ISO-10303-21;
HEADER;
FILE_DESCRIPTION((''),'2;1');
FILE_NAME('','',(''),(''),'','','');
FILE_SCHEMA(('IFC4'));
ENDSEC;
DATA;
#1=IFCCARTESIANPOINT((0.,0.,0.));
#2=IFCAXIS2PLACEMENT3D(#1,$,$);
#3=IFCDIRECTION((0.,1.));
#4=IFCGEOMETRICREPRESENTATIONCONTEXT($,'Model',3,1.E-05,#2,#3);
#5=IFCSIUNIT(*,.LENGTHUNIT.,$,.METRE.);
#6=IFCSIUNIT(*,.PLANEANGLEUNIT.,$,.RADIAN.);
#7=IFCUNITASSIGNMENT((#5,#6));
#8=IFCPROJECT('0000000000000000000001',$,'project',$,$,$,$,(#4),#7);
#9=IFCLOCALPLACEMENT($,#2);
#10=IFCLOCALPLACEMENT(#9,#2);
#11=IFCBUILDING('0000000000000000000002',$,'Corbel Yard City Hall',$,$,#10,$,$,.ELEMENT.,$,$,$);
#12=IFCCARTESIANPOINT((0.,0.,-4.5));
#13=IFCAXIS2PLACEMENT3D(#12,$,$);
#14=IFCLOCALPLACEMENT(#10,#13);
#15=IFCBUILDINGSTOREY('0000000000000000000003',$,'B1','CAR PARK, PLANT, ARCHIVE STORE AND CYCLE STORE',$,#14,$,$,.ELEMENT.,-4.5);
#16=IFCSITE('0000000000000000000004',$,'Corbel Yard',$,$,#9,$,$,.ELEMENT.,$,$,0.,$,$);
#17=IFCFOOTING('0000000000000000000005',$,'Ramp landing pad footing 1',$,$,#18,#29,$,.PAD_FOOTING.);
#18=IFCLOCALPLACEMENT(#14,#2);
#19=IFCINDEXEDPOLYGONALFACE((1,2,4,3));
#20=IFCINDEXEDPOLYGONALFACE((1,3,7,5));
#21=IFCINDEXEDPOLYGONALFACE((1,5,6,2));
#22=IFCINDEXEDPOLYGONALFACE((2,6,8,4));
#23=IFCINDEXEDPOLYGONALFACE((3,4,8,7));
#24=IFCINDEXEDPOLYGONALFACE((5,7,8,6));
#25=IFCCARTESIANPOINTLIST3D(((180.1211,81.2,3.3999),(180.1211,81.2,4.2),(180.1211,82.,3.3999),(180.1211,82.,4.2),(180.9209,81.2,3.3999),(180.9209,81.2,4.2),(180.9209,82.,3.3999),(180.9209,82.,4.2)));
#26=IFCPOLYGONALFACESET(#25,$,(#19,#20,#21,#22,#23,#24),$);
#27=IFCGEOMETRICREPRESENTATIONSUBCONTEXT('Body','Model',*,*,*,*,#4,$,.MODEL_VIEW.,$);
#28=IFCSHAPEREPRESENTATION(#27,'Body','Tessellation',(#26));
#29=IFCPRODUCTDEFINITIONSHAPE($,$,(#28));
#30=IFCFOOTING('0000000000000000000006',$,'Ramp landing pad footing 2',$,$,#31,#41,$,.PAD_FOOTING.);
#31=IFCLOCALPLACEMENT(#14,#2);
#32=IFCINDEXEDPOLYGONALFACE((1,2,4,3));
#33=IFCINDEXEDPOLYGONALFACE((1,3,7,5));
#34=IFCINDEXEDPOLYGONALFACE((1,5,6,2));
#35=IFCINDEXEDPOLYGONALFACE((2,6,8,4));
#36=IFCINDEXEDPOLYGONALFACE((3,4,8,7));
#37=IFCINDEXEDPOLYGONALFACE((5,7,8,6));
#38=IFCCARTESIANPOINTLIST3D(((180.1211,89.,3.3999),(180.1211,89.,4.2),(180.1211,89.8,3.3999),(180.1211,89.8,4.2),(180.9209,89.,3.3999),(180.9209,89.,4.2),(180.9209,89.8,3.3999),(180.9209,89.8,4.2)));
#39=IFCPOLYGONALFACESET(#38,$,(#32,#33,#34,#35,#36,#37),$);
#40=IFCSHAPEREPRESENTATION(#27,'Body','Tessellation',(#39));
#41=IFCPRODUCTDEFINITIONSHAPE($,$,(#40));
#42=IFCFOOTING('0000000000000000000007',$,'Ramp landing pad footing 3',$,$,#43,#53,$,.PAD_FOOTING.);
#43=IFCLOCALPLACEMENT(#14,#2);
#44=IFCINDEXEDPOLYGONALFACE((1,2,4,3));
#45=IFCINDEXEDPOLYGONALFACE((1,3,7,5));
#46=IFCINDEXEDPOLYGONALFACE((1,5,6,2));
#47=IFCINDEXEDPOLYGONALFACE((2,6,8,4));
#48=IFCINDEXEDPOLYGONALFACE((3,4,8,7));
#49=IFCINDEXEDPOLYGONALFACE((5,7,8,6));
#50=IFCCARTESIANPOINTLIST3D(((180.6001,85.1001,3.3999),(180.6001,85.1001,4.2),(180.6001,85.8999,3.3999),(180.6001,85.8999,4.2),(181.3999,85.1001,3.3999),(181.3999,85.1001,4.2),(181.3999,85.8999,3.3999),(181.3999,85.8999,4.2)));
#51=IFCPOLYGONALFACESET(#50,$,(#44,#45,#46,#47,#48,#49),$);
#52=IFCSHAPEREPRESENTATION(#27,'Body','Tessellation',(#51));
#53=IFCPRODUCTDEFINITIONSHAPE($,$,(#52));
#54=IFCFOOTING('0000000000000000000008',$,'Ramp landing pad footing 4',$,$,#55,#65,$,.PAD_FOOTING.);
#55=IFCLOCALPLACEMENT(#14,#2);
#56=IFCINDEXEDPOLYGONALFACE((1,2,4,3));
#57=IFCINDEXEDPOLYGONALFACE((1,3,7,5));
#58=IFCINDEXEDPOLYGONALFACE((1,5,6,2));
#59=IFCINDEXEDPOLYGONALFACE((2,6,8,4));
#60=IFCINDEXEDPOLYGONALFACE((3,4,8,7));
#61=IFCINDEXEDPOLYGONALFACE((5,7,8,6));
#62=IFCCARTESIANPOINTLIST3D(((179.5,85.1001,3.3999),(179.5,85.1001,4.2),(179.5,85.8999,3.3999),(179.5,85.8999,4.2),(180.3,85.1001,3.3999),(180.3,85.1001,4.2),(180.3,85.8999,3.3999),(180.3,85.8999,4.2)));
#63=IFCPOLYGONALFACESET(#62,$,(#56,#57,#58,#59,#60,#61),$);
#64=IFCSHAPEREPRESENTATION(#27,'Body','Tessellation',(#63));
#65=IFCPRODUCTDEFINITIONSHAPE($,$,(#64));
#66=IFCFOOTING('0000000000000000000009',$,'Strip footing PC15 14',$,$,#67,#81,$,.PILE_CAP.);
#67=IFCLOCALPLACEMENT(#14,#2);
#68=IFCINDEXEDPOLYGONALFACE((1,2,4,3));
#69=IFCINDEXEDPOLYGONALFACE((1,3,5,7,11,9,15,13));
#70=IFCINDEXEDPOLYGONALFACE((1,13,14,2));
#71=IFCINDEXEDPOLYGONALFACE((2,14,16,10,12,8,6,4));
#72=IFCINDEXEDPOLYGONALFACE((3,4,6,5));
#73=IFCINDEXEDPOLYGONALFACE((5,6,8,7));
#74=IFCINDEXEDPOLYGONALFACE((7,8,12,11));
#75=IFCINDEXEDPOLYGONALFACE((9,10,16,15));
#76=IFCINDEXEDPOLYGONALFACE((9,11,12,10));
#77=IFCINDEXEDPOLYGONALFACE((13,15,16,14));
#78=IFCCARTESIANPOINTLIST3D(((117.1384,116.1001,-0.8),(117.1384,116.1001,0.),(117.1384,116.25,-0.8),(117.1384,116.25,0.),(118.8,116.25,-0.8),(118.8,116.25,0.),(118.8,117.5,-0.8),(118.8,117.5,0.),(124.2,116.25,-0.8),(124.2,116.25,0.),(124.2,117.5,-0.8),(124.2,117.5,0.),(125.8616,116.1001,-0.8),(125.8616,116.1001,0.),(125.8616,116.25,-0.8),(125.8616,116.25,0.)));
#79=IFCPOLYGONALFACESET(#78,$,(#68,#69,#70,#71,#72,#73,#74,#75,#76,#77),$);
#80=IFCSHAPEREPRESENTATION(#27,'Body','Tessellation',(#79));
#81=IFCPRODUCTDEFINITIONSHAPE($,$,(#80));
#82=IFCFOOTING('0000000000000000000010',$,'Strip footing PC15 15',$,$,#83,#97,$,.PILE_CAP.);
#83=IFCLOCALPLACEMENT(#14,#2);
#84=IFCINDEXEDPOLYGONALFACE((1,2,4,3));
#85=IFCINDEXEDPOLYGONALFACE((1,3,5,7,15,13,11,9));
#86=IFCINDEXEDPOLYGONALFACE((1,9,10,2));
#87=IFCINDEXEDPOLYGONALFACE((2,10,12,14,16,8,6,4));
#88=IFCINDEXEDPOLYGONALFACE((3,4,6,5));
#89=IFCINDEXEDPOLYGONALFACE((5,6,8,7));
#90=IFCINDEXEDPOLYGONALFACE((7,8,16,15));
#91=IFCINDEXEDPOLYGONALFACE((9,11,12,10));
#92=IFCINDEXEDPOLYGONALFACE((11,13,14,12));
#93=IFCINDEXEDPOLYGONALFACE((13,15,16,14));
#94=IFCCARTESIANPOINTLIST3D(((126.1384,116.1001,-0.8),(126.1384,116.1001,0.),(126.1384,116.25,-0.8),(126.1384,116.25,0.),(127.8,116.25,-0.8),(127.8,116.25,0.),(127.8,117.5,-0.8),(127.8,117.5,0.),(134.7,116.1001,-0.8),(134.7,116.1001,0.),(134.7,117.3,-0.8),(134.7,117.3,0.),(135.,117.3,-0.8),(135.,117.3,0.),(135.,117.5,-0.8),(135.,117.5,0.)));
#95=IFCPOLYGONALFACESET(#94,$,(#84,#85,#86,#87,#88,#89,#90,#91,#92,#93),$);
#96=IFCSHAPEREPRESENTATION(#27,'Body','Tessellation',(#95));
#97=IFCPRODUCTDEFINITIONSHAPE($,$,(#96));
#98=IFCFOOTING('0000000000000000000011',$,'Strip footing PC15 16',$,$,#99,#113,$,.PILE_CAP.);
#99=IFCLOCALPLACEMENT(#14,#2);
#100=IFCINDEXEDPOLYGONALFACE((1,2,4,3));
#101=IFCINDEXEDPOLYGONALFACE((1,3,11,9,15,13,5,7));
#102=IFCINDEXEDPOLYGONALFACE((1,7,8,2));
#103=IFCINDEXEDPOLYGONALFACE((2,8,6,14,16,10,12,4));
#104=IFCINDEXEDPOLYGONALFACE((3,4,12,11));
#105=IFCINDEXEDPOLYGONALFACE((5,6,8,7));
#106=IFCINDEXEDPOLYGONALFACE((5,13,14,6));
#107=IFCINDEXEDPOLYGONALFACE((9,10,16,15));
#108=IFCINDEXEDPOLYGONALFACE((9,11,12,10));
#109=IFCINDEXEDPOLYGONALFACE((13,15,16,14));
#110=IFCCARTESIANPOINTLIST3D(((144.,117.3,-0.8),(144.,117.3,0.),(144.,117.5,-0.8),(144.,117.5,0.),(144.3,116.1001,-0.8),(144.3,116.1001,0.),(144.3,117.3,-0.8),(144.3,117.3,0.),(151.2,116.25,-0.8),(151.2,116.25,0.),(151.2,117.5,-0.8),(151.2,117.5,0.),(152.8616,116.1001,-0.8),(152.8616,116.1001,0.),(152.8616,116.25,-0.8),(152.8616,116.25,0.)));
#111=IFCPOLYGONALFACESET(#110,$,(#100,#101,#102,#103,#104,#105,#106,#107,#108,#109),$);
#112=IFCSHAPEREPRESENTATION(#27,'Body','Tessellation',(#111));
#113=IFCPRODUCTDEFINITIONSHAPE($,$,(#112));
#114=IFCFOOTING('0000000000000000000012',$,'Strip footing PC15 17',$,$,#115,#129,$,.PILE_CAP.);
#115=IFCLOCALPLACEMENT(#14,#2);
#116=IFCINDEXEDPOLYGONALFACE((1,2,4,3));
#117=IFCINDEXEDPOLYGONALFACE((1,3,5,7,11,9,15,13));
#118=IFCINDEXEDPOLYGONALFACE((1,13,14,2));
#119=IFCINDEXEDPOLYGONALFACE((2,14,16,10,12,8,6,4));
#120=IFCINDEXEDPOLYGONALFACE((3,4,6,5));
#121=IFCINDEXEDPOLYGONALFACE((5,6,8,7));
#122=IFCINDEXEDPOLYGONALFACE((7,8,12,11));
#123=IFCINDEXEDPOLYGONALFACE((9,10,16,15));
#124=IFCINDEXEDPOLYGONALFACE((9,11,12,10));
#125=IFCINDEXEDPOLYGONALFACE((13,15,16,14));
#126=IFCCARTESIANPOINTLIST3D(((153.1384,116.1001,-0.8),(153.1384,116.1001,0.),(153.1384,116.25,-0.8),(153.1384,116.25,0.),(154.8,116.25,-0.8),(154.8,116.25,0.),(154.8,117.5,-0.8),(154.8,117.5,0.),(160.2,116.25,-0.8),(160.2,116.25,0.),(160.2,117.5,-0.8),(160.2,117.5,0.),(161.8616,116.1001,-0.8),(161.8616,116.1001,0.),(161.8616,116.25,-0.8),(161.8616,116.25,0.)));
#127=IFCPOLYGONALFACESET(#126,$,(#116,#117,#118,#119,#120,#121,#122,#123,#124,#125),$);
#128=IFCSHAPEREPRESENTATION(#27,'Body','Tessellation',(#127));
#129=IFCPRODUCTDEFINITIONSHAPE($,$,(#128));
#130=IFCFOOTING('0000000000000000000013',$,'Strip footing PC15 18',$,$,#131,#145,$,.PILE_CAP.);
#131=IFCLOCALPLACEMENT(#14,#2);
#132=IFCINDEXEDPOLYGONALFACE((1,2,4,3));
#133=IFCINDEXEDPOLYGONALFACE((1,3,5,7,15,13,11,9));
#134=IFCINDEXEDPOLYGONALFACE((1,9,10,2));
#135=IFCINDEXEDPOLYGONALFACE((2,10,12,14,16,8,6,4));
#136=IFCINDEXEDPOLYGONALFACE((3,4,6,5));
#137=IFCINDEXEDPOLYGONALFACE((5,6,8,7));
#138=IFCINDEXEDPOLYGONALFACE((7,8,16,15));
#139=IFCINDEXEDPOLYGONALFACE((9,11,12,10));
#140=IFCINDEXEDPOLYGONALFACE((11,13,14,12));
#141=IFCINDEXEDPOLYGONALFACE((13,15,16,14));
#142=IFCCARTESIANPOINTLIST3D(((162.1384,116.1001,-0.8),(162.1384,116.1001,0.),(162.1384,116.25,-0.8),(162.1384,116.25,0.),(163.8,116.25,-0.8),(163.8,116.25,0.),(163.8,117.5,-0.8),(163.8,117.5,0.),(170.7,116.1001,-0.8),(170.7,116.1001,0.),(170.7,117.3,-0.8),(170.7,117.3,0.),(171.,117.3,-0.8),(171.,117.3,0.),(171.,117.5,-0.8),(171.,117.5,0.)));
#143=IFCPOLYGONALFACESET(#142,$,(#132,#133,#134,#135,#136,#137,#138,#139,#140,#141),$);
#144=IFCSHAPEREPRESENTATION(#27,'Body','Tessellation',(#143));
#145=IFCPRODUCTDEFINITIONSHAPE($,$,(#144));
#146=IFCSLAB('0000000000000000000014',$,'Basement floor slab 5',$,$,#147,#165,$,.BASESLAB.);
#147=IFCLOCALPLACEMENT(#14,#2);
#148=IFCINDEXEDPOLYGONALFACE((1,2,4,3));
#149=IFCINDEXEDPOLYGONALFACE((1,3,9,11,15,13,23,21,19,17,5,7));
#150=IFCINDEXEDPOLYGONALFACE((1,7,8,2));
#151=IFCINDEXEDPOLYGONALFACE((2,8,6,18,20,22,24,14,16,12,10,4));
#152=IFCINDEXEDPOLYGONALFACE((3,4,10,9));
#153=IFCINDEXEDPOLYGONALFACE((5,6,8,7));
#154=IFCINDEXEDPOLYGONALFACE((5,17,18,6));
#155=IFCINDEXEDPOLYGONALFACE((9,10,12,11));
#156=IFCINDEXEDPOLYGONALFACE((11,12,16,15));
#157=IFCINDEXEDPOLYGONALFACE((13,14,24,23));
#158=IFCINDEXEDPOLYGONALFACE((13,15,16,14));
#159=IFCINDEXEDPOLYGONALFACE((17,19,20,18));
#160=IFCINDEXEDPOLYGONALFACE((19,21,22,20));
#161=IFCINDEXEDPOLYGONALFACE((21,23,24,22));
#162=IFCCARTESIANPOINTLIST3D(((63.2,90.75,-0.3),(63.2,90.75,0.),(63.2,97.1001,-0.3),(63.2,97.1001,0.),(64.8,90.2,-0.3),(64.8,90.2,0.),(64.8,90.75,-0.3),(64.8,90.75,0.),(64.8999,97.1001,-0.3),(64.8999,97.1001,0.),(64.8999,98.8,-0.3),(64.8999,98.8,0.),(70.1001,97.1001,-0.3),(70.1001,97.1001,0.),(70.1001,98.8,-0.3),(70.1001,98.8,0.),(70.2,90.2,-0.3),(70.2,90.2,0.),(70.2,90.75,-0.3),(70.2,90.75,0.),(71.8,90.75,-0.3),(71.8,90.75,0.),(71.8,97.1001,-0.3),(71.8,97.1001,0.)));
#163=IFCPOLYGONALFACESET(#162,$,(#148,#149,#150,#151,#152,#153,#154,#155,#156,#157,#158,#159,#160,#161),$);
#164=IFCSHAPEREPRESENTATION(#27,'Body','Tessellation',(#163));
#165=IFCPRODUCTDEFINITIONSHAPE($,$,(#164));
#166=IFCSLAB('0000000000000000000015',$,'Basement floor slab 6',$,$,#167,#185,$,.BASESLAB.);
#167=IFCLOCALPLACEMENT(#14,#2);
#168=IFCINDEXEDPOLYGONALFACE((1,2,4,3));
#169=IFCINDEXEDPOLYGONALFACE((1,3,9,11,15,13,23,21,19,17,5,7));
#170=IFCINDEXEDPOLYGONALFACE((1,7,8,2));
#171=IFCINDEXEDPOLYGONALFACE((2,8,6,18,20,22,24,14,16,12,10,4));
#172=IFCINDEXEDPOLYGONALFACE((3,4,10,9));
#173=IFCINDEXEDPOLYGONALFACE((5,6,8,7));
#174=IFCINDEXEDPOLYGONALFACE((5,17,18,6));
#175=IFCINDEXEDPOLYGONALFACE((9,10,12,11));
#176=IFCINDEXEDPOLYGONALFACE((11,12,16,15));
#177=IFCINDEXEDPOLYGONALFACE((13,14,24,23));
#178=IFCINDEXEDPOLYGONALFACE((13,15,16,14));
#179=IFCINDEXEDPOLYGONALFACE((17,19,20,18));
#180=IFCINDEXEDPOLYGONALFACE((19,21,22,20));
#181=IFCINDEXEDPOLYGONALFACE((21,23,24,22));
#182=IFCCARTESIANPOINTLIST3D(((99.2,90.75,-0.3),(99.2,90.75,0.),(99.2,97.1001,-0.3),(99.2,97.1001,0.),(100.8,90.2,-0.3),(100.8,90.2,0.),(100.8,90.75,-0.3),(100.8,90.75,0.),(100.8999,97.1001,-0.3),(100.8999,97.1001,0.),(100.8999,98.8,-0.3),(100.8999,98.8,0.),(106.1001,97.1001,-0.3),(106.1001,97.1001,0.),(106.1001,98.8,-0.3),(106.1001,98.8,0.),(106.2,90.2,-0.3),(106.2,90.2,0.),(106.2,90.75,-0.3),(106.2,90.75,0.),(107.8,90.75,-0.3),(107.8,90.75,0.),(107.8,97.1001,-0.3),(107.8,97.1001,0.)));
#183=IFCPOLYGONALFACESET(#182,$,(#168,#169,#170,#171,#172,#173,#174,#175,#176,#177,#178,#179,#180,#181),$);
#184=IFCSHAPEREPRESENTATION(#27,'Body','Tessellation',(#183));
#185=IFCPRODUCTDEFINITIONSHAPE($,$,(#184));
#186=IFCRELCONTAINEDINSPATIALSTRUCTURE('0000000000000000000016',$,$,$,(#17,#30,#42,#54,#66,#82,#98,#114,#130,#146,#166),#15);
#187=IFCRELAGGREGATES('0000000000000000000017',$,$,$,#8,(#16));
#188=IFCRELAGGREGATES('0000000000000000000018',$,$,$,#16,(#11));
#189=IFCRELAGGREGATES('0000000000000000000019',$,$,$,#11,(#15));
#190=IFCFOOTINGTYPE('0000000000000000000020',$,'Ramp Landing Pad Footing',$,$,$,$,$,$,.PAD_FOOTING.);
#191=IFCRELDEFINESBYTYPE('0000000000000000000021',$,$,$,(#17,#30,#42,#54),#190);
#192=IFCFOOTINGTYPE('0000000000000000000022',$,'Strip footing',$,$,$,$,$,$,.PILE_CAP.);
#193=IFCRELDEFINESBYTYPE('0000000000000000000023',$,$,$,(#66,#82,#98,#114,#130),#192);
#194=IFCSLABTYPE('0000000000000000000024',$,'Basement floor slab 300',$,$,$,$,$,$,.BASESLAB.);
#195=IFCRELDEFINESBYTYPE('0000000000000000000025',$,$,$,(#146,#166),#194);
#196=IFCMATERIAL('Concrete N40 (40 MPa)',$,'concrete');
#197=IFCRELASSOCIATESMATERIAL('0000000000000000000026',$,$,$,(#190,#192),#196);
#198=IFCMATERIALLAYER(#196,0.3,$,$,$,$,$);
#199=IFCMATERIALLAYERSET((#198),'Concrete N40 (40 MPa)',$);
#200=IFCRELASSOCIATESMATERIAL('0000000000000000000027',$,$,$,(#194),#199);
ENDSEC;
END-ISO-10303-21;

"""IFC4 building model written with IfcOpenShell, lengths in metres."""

from ifc_helpers import new_model, si_unit, direction, frame, origin, place, context, subcontext, project, spatial, polyline, outline, extrude, material, layer, layer_set, type_object, element, save


model = new_model("IFC4")

# Units and contexts
model_context = context("Model", 3, precision=1e-05, world=origin(), true_north=direction((0.0, 1.0)))
body_context = subcontext(model_context, "Body", "Model", "MODEL_VIEW")
ifc_project = project(units=[si_unit("LENGTHUNIT", "METRE"), si_unit("PLANEANGLEUNIT", "RADIAN")], contexts=[model_context])

# Site, building, storey
site_placement = place(None, origin())
site = spatial("IfcSite", under=ifc_project, at=site_placement, Name="Corbel Yard", CompositionType="ELEMENT", RefElevation=0.0)
building_placement = place(site_placement, origin())
building = spatial("IfcBuilding", under=site, at=building_placement, Name="Corbel Yard City Hall", CompositionType="ELEMENT")
storey_placement = place(building_placement, frame((0.0, 0.0, -4.5)))
storey = spatial("IfcBuildingStorey", under=building, at=storey_placement, Name="B1", Description="CAR PARK, PLANT, ARCHIVE STORE AND CYCLE STORE", CompositionType="ELEMENT", Elevation=-4.5)

# Footings
ifc_material = material(Name="Concrete N40 (40 MPa)", Category="concrete")
footing_type_1 = type_object("IfcFootingType", Name="Ramp Landing Pad Footing", PredefinedType="PAD_FOOTING", material=ifc_material)
footing_1_placement = place(storey_placement, frame((0.0, 0.0, 3.3999)))
element("IfcFooting", 1, at=footing_1_placement, inside=storey, type_object=footing_type_1, Name="Ramp landing pad footing 1", PredefinedType="PAD_FOOTING", context=body_context, shape_type="SweptSolid", body=[
    extrude(outline(polyline([(180.1211, 81.2), (180.9209, 81.2), (180.9209, 82.0), (180.1211, 82.0), (180.1211, 81.2)])), origin(), (0.0, 0.0, 1.0), 0.8),
])
footing_2_placement = place(storey_placement, frame((0.0, 0.0, 3.3999)))
element("IfcFooting", 2, at=footing_2_placement, inside=storey, type_object=footing_type_1, Name="Ramp landing pad footing 2", PredefinedType="PAD_FOOTING", context=body_context, shape_type="SweptSolid", body=[
    extrude(outline(polyline([(180.1211, 89.0), (180.9209, 89.0), (180.9209, 89.8), (180.1211, 89.8), (180.1211, 89.0)])), origin(), (0.0, 0.0, 1.0), 0.8),
])
footing_3_placement = place(storey_placement, frame((0.0, 0.0, 3.3999)))
element("IfcFooting", 3, at=footing_3_placement, inside=storey, type_object=footing_type_1, Name="Ramp landing pad footing 3", PredefinedType="PAD_FOOTING", context=body_context, shape_type="SweptSolid", body=[
    extrude(outline(polyline([(180.6001, 85.1001), (181.3999, 85.1001), (181.3999, 85.8999), (180.6001, 85.8999), (180.6001, 85.1001)])), origin(), (0.0, 0.0, 1.0), 0.8),
])
footing_4_placement = place(storey_placement, frame((0.0, 0.0, 3.3999)))
element("IfcFooting", 4, at=footing_4_placement, inside=storey, type_object=footing_type_1, Name="Ramp landing pad footing 4", PredefinedType="PAD_FOOTING", context=body_context, shape_type="SweptSolid", body=[
    extrude(outline(polyline([(179.5, 85.1001), (180.3, 85.1001), (180.3, 85.8999), (179.5, 85.8999), (179.5, 85.1001)])), origin(), (0.0, 0.0, 1.0), 0.8),
])
footing_type_2 = type_object("IfcFootingType", Name="Strip footing", PredefinedType="PILE_CAP", material=ifc_material)
footing_5_placement = place(storey_placement, frame((0.0, 0.0, -0.8)))
element("IfcFooting", 5, at=footing_5_placement, inside=storey, type_object=footing_type_2, Name="Strip footing PC15 14", PredefinedType="PILE_CAP", context=body_context, shape_type="SweptSolid", body=[
    extrude(outline(polyline([(124.2, 116.25), (124.2, 117.5), (118.8, 117.5), (118.8, 116.25), (117.1384, 116.25), (117.1384, 116.1001), (125.8616, 116.1001), (125.8616, 116.25), (124.2, 116.25)])), origin(), (0.0, 0.0, 1.0), 0.8),
])
footing_6_placement = place(storey_placement, frame((0.0, 0.0, -0.8)))
element("IfcFooting", 6, at=footing_6_placement, inside=storey, type_object=footing_type_2, Name="Strip footing PC15 15", PredefinedType="PILE_CAP", context=body_context, shape_type="SweptSolid", body=[
    extrude(outline(polyline([(126.1384, 116.25), (126.1384, 116.1001), (134.7, 116.1001), (134.7, 117.3), (135.0, 117.3), (135.0, 117.5), (127.8, 117.5), (127.8, 116.25), (126.1384, 116.25)])), origin(), (0.0, 0.0, 1.0), 0.8),
])
footing_7_placement = place(storey_placement, frame((0.0, 0.0, -0.8)))
element("IfcFooting", 7, at=footing_7_placement, inside=storey, type_object=footing_type_2, Name="Strip footing PC15 16", PredefinedType="PILE_CAP", context=body_context, shape_type="SweptSolid", body=[
    extrude(outline(polyline([(144.3, 117.3), (144.3, 116.1001), (152.8616, 116.1001), (152.8616, 116.25), (151.2, 116.25), (151.2, 117.5), (144.0, 117.5), (144.0, 117.3), (144.3, 117.3)])), origin(), (0.0, 0.0, 1.0), 0.8),
])
footing_8_placement = place(storey_placement, frame((0.0, 0.0, -0.8)))
element("IfcFooting", 8, at=footing_8_placement, inside=storey, type_object=footing_type_2, Name="Strip footing PC15 17", PredefinedType="PILE_CAP", context=body_context, shape_type="SweptSolid", body=[
    extrude(outline(polyline([(161.8616, 116.25), (160.2, 116.25), (160.2, 117.5), (154.8, 117.5), (154.8, 116.25), (153.1384, 116.25), (153.1384, 116.1001), (161.8616, 116.1001), (161.8616, 116.25)])), origin(), (0.0, 0.0, 1.0), 0.8),
])
footing_9_placement = place(storey_placement, frame((0.0, 0.0, -0.8)))
element("IfcFooting", 9, at=footing_9_placement, inside=storey, type_object=footing_type_2, Name="Strip footing PC15 18", PredefinedType="PILE_CAP", context=body_context, shape_type="SweptSolid", body=[
    extrude(outline(polyline([(171.0, 117.5), (163.8, 117.5), (163.8, 116.25), (162.1384, 116.25), (162.1384, 116.1001), (170.7, 116.1001), (170.7, 117.3), (171.0, 117.3), (171.0, 117.5)])), origin(), (0.0, 0.0, 1.0), 0.8),
])

# Slabs
ifc_layer_1 = layer(ifc_material, 0.3)
ifc_layer_set_1 = layer_set([ifc_layer_1], Name="Concrete N40 (40 MPa)")
slab_type_1 = type_object("IfcSlabType", Name="Basement floor slab 300", PredefinedType="BASESLAB", material=ifc_layer_set_1)
slab_1_placement = place(storey_placement, frame((0.0, 0.0, -0.3)))
element("IfcSlab", 10, at=slab_1_placement, inside=storey, type_object=slab_type_1, Name="Basement floor slab 5", PredefinedType="BASESLAB", context=body_context, shape_type="SweptSolid", body=[
    extrude(outline(polyline([(63.2, 90.75), (64.8, 90.75), (64.8, 90.2), (70.2, 90.2), (70.2, 90.75), (71.8, 90.75), (71.8, 97.1001), (70.1001, 97.1001), (70.1001, 98.8), (64.8999, 98.8), (64.8999, 97.1001), (63.2, 97.1001), (63.2, 90.75)])), origin(), (0.0, 0.0, 1.0), 0.3),
])
slab_2_placement = place(storey_placement, frame((0.0, 0.0, -0.3)))
element("IfcSlab", 11, at=slab_2_placement, inside=storey, type_object=slab_type_1, Name="Basement floor slab 6", PredefinedType="BASESLAB", context=body_context, shape_type="SweptSolid", body=[
    extrude(outline(polyline([(107.8, 90.75), (107.8, 97.1001), (106.1001, 97.1001), (106.1001, 98.8), (100.8999, 98.8), (100.8999, 97.1001), (99.2, 97.1001), (99.2, 90.75), (100.8, 90.75), (100.8, 90.2), (106.2, 90.2), (106.2, 90.75), (107.8, 90.75)])), origin(), (0.0, 0.0, 1.0), 0.3),
])

save(model, "model.ifc")
